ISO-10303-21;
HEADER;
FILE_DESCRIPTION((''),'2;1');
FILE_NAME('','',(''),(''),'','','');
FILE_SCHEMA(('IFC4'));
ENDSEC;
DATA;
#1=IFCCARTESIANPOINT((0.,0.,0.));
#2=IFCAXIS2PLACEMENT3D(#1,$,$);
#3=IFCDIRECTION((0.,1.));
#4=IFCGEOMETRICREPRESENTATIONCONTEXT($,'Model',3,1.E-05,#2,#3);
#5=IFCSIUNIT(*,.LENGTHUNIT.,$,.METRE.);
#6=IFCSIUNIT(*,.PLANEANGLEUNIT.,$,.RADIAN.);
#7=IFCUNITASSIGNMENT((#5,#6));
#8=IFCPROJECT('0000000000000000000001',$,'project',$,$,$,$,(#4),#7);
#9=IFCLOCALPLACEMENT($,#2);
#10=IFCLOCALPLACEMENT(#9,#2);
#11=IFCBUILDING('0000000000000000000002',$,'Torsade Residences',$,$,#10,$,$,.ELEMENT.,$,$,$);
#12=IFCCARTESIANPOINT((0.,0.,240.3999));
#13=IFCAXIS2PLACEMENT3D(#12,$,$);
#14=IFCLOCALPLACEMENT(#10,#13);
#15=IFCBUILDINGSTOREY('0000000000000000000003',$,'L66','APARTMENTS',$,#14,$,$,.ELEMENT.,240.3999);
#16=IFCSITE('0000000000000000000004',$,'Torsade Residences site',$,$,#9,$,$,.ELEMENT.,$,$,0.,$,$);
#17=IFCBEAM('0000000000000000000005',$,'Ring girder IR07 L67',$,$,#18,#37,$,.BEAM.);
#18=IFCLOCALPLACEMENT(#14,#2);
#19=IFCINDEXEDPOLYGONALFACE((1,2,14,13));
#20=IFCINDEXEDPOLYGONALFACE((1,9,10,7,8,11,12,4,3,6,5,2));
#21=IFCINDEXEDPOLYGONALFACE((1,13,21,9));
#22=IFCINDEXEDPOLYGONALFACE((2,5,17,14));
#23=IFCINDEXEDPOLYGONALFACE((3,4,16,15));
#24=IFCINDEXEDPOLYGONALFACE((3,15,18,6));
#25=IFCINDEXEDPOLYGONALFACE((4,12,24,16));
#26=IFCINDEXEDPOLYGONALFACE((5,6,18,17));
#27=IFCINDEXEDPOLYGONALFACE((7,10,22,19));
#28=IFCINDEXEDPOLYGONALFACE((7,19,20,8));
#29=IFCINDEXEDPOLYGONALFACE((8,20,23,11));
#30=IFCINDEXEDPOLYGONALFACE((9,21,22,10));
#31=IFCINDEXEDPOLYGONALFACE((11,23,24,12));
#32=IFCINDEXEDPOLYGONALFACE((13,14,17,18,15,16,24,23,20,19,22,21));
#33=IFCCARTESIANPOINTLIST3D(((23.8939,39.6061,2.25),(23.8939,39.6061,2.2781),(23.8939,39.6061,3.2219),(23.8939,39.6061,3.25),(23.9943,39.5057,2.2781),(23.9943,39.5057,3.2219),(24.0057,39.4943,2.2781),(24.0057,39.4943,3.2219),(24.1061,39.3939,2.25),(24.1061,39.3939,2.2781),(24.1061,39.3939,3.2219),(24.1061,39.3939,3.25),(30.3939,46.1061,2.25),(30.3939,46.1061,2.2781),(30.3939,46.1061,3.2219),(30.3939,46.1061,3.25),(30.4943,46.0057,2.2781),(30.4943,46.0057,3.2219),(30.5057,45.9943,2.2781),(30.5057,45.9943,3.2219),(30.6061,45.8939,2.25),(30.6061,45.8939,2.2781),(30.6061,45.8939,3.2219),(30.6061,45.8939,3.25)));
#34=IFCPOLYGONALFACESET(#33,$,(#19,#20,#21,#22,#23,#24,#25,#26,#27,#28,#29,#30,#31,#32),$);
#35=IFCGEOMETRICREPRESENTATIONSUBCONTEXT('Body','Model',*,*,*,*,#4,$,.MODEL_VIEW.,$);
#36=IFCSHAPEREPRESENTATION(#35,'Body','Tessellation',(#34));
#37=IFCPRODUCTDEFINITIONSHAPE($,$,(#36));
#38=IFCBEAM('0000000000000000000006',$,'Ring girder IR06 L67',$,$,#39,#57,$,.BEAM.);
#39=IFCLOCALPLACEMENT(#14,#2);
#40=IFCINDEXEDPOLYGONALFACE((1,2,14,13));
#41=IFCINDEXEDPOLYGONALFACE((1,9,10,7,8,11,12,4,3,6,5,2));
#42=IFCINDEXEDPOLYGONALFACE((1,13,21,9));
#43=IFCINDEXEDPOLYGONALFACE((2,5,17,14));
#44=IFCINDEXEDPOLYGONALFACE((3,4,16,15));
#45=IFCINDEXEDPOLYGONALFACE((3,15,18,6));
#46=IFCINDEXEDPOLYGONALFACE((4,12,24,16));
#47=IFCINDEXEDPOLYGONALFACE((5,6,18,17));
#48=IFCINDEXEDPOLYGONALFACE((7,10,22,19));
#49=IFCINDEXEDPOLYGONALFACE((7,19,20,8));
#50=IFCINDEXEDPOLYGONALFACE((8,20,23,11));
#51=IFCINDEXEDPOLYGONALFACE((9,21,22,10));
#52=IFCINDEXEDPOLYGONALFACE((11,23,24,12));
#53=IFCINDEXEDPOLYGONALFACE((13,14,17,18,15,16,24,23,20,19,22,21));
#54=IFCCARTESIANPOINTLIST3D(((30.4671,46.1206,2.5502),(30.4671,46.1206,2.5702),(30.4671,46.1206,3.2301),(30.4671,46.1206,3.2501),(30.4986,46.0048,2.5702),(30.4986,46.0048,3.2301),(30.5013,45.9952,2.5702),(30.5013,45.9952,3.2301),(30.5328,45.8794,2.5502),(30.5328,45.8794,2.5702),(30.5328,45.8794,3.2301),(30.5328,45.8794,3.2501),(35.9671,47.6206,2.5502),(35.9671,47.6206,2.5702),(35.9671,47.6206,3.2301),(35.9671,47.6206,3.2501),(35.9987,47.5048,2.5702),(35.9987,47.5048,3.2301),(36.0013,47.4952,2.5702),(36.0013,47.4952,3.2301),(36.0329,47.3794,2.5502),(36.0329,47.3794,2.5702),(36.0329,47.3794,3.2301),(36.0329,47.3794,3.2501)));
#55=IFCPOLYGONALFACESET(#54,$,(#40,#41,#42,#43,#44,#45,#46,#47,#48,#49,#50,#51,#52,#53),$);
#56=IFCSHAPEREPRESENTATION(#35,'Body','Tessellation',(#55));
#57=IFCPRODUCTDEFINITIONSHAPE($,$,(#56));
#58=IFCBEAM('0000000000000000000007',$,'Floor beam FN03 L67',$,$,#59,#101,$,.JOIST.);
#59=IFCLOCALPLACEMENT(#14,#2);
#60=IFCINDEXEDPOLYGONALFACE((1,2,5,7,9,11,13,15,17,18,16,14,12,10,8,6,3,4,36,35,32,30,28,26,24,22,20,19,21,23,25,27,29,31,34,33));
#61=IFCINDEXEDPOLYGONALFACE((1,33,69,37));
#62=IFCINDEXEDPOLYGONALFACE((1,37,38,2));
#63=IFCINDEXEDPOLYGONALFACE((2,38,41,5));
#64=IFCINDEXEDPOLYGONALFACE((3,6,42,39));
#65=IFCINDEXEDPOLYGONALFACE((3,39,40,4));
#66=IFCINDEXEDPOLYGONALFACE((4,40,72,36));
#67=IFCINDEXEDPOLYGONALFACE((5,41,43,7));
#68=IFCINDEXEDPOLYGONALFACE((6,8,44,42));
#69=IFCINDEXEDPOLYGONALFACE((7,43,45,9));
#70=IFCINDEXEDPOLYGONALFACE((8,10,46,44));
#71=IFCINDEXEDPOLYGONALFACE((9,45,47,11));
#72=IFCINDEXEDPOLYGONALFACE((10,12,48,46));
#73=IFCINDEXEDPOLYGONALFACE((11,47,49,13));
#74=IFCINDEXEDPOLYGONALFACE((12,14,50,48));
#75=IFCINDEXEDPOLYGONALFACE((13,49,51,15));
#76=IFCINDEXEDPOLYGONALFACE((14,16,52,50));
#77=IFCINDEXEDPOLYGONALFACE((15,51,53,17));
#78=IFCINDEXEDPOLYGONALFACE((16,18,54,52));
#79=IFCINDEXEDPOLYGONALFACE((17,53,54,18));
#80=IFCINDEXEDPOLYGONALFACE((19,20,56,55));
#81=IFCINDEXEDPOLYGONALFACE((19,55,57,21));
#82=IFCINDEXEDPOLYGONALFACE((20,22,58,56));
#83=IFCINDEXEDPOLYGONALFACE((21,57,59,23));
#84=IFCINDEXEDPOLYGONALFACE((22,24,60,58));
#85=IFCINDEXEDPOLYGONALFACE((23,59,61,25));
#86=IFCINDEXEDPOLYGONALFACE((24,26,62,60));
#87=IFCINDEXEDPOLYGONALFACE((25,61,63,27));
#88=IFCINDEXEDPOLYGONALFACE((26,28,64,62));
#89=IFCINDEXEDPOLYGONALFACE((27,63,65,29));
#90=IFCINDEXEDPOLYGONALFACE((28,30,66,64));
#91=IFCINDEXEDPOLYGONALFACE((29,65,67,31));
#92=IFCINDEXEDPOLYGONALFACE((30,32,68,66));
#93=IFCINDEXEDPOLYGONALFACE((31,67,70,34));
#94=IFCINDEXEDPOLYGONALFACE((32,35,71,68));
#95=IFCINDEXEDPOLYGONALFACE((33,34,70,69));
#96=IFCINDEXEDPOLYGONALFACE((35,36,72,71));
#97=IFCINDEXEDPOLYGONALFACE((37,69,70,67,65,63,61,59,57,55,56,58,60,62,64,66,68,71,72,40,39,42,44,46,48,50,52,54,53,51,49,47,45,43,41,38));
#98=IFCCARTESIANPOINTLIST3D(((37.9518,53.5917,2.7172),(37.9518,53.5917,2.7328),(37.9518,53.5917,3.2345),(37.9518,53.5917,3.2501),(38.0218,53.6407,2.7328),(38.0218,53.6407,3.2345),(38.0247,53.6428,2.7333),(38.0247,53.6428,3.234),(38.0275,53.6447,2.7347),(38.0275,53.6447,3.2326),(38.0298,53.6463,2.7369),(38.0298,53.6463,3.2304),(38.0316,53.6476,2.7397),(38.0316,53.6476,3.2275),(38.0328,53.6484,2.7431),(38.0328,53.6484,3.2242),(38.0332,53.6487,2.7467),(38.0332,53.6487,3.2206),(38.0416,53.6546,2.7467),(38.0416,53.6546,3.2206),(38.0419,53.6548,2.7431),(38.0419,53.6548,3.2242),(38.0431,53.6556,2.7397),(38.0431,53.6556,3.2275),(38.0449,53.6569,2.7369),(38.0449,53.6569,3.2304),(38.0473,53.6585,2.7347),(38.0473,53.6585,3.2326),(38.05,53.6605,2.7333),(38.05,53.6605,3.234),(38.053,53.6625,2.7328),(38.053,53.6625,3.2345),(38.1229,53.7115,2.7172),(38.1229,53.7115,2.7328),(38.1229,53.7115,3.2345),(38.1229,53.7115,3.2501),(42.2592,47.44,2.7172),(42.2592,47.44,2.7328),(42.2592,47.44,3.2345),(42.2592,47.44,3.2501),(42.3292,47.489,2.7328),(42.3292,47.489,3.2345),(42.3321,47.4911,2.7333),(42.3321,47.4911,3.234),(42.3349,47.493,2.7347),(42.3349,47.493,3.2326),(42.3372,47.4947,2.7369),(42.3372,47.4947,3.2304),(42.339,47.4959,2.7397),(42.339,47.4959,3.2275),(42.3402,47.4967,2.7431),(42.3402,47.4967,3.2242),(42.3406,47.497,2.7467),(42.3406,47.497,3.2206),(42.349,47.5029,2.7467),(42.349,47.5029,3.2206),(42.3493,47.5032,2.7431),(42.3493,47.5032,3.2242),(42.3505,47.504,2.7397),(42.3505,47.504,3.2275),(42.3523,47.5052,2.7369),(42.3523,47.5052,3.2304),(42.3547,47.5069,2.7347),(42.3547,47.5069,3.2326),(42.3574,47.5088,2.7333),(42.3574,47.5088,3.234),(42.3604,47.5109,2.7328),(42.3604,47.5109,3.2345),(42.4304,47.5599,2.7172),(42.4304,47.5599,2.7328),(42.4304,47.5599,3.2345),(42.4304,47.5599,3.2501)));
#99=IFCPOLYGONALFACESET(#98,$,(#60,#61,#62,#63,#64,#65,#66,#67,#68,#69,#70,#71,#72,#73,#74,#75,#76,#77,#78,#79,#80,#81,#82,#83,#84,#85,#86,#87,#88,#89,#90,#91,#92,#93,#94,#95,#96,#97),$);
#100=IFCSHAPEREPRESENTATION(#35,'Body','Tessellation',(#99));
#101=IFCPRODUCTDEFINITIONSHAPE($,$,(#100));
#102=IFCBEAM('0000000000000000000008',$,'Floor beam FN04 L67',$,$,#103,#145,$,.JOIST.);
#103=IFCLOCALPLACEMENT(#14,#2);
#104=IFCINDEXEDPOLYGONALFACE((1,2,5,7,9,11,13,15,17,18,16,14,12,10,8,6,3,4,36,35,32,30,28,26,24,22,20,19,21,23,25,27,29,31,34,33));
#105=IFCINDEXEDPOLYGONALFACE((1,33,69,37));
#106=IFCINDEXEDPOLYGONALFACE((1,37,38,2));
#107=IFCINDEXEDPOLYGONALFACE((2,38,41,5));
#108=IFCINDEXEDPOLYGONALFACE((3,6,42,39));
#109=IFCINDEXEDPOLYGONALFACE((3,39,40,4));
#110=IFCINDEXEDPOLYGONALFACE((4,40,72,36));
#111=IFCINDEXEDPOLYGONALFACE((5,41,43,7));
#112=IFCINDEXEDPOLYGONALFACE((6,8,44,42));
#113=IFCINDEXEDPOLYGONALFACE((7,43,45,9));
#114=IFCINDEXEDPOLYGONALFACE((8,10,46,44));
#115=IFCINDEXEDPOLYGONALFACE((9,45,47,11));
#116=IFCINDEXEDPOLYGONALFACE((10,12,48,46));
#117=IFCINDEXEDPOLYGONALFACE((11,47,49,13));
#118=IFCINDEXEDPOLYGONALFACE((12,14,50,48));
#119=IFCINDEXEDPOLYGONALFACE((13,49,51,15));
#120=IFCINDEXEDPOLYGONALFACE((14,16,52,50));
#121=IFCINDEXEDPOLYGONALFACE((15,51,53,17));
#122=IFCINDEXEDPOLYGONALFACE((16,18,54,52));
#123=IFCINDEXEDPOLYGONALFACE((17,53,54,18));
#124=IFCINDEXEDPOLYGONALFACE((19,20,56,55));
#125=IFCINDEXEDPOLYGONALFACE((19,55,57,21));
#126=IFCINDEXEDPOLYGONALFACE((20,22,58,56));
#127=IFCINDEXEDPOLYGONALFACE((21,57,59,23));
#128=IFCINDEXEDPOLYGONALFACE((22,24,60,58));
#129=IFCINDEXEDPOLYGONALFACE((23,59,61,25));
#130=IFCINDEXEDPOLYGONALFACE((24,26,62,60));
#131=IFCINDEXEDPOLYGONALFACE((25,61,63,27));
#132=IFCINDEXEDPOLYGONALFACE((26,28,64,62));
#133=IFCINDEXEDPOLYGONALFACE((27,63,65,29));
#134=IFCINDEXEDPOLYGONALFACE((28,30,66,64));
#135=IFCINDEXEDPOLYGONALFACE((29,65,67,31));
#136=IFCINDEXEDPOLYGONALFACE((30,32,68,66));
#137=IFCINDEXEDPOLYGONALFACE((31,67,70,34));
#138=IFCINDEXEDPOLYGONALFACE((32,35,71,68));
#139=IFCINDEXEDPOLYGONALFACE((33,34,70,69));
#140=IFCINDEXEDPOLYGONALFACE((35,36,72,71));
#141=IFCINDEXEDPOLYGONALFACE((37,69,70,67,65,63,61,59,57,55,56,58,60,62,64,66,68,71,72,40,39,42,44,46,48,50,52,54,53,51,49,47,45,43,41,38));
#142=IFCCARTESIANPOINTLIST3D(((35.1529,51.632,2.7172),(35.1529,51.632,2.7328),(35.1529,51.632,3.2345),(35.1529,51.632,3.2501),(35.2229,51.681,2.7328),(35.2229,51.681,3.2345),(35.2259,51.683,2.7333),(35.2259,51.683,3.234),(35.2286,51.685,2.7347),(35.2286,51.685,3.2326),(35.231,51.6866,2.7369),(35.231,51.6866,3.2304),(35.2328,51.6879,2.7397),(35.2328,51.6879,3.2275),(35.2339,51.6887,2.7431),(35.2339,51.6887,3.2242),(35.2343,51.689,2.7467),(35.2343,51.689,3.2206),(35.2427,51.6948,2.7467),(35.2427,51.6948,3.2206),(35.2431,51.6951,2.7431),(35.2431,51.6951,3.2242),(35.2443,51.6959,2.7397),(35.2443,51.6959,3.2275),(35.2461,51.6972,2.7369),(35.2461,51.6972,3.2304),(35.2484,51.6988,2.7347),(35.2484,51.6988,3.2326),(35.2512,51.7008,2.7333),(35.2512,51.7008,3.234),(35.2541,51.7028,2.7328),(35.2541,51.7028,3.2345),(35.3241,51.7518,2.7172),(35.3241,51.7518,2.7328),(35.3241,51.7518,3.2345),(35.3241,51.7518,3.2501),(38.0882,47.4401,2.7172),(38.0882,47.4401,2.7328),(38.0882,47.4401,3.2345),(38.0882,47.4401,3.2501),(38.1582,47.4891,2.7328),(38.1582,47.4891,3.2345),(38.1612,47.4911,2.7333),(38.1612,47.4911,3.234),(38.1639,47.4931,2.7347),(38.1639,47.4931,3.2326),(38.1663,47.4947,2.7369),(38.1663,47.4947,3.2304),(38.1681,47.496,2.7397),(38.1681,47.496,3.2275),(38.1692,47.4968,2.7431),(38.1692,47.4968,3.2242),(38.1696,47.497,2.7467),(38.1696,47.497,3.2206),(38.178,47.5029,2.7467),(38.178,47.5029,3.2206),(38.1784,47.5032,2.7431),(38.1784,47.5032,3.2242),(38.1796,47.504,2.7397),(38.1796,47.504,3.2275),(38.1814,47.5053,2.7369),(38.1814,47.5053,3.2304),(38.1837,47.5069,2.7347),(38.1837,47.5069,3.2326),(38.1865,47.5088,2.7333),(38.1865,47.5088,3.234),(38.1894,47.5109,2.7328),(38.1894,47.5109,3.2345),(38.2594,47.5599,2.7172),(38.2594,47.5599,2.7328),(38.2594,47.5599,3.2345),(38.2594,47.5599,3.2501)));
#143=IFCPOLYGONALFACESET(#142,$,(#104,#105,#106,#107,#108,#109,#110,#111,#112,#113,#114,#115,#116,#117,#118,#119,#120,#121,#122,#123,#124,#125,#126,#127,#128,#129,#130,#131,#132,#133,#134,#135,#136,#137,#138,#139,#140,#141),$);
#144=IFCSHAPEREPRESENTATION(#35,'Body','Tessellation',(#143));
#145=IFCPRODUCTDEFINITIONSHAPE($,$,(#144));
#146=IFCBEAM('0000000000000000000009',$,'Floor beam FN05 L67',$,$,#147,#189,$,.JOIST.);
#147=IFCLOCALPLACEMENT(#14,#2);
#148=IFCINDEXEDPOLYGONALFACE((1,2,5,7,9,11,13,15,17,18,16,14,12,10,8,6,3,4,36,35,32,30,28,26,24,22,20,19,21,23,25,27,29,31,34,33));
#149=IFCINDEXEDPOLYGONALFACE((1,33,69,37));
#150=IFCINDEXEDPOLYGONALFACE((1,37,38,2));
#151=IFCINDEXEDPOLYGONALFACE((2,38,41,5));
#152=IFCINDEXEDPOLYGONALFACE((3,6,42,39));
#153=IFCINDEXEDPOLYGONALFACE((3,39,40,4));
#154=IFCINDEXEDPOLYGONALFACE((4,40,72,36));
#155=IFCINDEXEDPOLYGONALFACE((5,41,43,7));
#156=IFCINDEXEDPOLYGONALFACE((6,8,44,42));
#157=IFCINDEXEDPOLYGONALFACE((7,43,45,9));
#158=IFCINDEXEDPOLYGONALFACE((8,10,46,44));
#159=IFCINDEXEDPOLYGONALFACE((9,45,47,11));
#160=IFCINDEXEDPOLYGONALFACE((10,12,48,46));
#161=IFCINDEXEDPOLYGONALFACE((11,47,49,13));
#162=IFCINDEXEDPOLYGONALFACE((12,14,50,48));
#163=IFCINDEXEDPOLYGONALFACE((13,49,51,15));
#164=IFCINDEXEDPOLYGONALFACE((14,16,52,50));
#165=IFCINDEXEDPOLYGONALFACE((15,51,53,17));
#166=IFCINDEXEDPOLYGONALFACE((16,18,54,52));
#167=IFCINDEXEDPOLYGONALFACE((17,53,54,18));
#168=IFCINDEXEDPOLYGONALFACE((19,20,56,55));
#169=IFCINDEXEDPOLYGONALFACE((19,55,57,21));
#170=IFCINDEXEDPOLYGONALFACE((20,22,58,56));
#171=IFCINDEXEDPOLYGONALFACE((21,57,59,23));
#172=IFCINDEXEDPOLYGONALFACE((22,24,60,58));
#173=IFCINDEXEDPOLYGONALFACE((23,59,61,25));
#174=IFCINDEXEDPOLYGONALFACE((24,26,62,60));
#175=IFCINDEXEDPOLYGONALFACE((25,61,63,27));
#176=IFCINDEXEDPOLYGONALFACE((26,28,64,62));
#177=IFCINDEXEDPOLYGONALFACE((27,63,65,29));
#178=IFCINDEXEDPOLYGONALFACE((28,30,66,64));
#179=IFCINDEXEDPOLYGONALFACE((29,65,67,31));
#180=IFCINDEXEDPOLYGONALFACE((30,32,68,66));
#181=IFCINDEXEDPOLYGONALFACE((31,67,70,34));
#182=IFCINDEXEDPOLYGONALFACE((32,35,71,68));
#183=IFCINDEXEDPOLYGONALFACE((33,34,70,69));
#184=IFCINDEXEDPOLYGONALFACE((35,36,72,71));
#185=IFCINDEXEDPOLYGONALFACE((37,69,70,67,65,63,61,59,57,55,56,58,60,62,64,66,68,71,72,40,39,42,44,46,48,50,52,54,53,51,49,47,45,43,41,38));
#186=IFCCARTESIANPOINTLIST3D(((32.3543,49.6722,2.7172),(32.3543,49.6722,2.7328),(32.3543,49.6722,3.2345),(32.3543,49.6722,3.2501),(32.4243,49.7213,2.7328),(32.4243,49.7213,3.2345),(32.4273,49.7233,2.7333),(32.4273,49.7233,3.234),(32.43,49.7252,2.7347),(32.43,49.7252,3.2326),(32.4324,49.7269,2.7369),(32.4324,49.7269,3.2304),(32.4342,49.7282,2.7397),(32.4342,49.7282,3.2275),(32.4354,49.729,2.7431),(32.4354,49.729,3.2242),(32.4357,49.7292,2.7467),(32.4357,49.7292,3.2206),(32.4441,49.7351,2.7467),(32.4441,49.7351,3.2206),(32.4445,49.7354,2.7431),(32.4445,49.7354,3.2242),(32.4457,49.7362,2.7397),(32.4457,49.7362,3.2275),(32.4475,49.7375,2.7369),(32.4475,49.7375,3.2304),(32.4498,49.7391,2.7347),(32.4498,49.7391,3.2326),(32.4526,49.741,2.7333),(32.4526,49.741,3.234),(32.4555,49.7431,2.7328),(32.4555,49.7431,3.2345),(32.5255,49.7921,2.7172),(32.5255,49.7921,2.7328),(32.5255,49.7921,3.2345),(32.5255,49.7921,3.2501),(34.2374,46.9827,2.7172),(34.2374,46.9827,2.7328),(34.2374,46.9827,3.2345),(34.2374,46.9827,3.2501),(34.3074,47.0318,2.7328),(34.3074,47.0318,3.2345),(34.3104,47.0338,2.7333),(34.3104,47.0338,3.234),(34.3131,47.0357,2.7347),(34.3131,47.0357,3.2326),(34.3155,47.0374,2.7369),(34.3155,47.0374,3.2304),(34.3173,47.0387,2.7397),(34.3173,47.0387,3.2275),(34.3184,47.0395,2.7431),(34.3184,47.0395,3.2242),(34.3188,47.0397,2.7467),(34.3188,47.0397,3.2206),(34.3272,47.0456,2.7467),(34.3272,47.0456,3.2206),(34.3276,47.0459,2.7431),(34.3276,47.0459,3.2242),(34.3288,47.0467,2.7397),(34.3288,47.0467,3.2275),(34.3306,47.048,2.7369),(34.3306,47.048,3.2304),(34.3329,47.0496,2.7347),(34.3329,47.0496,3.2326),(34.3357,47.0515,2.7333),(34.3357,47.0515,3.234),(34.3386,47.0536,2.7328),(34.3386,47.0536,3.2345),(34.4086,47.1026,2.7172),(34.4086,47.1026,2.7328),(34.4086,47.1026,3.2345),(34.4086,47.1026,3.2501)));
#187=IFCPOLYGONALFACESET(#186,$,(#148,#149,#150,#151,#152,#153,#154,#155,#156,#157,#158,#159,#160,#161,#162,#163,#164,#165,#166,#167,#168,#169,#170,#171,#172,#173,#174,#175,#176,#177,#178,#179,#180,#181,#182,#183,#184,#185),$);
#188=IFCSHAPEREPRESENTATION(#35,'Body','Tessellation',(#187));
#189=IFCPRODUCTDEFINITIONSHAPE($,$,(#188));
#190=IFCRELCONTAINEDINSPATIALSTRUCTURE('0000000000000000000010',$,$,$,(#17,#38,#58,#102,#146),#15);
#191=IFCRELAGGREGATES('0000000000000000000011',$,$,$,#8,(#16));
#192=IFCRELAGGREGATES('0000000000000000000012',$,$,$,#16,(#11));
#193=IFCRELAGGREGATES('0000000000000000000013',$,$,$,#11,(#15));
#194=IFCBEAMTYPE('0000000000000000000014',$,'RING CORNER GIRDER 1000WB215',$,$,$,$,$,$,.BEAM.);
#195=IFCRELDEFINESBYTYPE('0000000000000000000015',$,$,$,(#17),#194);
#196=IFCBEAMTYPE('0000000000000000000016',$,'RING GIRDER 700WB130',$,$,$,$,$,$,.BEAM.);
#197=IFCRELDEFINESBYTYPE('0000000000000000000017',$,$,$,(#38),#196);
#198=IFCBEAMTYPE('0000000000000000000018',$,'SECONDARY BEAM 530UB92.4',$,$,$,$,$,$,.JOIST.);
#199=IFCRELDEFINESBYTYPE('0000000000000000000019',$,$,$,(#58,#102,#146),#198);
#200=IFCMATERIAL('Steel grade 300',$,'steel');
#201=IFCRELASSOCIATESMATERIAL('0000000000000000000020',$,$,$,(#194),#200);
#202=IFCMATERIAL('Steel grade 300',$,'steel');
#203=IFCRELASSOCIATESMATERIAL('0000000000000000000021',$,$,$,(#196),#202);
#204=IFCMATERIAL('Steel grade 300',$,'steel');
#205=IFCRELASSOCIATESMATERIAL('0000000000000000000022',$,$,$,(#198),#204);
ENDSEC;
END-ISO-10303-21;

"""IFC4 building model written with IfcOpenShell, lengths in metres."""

from ifc_helpers import new_model, si_unit, direction, frame, origin, origin_2d, place, context, subcontext, project, spatial, i_section, extrude, material, material_profile, profile_set, type_object, element, save


model = new_model("IFC4")

# Units and contexts
model_context = context("Model", 3, precision=1e-05, world=origin(), true_north=direction((0.0, 1.0)))
body_context = subcontext(model_context, "Body", "Model", "MODEL_VIEW")
ifc_project = project(units=[si_unit("LENGTHUNIT", "METRE"), si_unit("PLANEANGLEUNIT", "RADIAN")], contexts=[model_context])

# Site, building, storey
site_placement = place(None, origin())
site = spatial("IfcSite", under=ifc_project, at=site_placement, Name="Torsade Residences site", CompositionType="ELEMENT", RefElevation=0.0)
building_placement = place(site_placement, origin())
building = spatial("IfcBuilding", under=site, at=building_placement, Name="Torsade Residences", CompositionType="ELEMENT")
storey_placement = place(building_placement, frame((0.0, 0.0, 240.3999)))
storey = spatial("IfcBuildingStorey", under=building, at=storey_placement, Name="L66", Description="APARTMENTS", CompositionType="ELEMENT", Elevation=240.3999)

# Beams
ifc_material_1 = material(Name="Steel grade 300", Category="steel")
ifc_material_profile_1 = material_profile(ifc_material_1, i_section(OverallWidth=0.3, OverallDepth=1.0, WebThickness=0.0161, FlangeThickness=0.0281, at=origin_2d()), Name="1000WB215")
ifc_profile_set_1 = profile_set([ifc_material_profile_1], Name="Steel grade 300")
beam_type_1 = type_object("IfcBeamType", Name="RING CORNER GIRDER 1000WB215", PredefinedType="BEAM", material=ifc_profile_set_1)
beam_1_placement = place(storey_placement, frame((30.5, 46.0, 2.75), z_axis=(-0.707107, -0.707107, 0.0), x_axis=(0.707107, -0.707107, 0.0)))
element("IfcBeam", 1, at=beam_1_placement, inside=storey, type_object=beam_type_1, Name="Ring girder IR07 L67", PredefinedType="BEAM", context=body_context, shape_type="SweptSolid", body=[
    extrude(i_section(OverallWidth=0.3, OverallDepth=1.0, WebThickness=0.0161, FlangeThickness=0.0281, at=origin_2d()), origin(), (0.0, 0.0, 1.0), 9.1924),
])
ifc_material_2 = material(Name="Steel grade 300", Category="steel")
ifc_material_profile_2 = material_profile(ifc_material_2, i_section(OverallWidth=0.25, OverallDepth=0.7, WebThickness=0.01, FlangeThickness=0.02, at=origin_2d()), Name="700WB130")
ifc_profile_set_2 = profile_set([ifc_material_profile_2], Name="Steel grade 300")
beam_type_2 = type_object("IfcBeamType", Name="RING GIRDER 700WB130", PredefinedType="BEAM", material=ifc_profile_set_2)
beam_2_placement = place(storey_placement, frame((36.0, 47.5, 2.9001), z_axis=(-0.964764, -0.263117, 0.0), x_axis=(0.263117, -0.964764, 0.0)))
element("IfcBeam", 2, at=beam_2_placement, inside=storey, type_object=beam_type_2, Name="Ring girder IR06 L67", PredefinedType="BEAM", context=body_context, shape_type="SweptSolid", body=[
    extrude(i_section(OverallWidth=0.25, OverallDepth=0.7, WebThickness=0.01, FlangeThickness=0.02, at=origin_2d()), origin(), (0.0, 0.0, 1.0), 5.7009),
])
ifc_material_3 = material(Name="Steel grade 300", Category="steel")
ifc_material_profile_3 = material_profile(ifc_material_3, i_section(OverallWidth=0.209, OverallDepth=0.533, WebThickness=0.0103, FlangeThickness=0.0156, FilletRadius=0.0139, at=origin_2d()), Name="530UB92.4")
ifc_profile_set_3 = profile_set([ifc_material_profile_3], Name="Steel grade 300")
beam_type_3 = type_object("IfcBeamType", Name="SECONDARY BEAM 530UB92.4", PredefinedType="JOIST", material=ifc_profile_set_3)
beam_3_placement = place(storey_placement, frame((38.0374, 53.6516, 2.9836), z_axis=(0.573574, -0.819154, 0.0), x_axis=(0.819154, 0.573574, 0.0)))
element("IfcBeam", 3, at=beam_3_placement, inside=storey, type_object=beam_type_3, Name="Floor beam FN03 L67", PredefinedType="JOIST", context=body_context, shape_type="SweptSolid", body=[
    extrude(i_section(OverallWidth=0.209, OverallDepth=0.533, WebThickness=0.0103, FlangeThickness=0.0156, FilletRadius=0.0139, at=origin_2d()), origin(), (0.0, 0.0, 1.0), 7.5098),
])
beam_4_placement = place(storey_placement, frame((35.2385, 51.6919, 2.9836), z_axis=(0.57359, -0.819142, 0.0), x_axis=(0.819142, 0.57359, 0.0)))
element("IfcBeam", 4, at=beam_4_placement, inside=storey, type_object=beam_type_3, Name="Floor beam FN04 L67", PredefinedType="JOIST", context=body_context, shape_type="SweptSolid", body=[
    extrude(i_section(OverallWidth=0.209, OverallDepth=0.533, WebThickness=0.0103, FlangeThickness=0.0156, FilletRadius=0.0139, at=origin_2d()), origin(), (0.0, 0.0, 1.0), 5.1174),
])
beam_5_placement = place(storey_placement, frame((32.4399, 49.7322, 2.9836), z_axis=(0.573552, -0.819169, 0.0), x_axis=(0.819169, 0.573552, 0.0)))
element("IfcBeam", 5, at=beam_5_placement, inside=storey, type_object=beam_type_3, Name="Floor beam FN05 L67", PredefinedType="JOIST", context=body_context, shape_type="SweptSolid", body=[
    extrude(i_section(OverallWidth=0.209, OverallDepth=0.533, WebThickness=0.0103, FlangeThickness=0.0156, FilletRadius=0.0139, at=origin_2d()), origin(), (0.0, 0.0, 1.0), 3.2832),
])

save(model, "model.ifc")
